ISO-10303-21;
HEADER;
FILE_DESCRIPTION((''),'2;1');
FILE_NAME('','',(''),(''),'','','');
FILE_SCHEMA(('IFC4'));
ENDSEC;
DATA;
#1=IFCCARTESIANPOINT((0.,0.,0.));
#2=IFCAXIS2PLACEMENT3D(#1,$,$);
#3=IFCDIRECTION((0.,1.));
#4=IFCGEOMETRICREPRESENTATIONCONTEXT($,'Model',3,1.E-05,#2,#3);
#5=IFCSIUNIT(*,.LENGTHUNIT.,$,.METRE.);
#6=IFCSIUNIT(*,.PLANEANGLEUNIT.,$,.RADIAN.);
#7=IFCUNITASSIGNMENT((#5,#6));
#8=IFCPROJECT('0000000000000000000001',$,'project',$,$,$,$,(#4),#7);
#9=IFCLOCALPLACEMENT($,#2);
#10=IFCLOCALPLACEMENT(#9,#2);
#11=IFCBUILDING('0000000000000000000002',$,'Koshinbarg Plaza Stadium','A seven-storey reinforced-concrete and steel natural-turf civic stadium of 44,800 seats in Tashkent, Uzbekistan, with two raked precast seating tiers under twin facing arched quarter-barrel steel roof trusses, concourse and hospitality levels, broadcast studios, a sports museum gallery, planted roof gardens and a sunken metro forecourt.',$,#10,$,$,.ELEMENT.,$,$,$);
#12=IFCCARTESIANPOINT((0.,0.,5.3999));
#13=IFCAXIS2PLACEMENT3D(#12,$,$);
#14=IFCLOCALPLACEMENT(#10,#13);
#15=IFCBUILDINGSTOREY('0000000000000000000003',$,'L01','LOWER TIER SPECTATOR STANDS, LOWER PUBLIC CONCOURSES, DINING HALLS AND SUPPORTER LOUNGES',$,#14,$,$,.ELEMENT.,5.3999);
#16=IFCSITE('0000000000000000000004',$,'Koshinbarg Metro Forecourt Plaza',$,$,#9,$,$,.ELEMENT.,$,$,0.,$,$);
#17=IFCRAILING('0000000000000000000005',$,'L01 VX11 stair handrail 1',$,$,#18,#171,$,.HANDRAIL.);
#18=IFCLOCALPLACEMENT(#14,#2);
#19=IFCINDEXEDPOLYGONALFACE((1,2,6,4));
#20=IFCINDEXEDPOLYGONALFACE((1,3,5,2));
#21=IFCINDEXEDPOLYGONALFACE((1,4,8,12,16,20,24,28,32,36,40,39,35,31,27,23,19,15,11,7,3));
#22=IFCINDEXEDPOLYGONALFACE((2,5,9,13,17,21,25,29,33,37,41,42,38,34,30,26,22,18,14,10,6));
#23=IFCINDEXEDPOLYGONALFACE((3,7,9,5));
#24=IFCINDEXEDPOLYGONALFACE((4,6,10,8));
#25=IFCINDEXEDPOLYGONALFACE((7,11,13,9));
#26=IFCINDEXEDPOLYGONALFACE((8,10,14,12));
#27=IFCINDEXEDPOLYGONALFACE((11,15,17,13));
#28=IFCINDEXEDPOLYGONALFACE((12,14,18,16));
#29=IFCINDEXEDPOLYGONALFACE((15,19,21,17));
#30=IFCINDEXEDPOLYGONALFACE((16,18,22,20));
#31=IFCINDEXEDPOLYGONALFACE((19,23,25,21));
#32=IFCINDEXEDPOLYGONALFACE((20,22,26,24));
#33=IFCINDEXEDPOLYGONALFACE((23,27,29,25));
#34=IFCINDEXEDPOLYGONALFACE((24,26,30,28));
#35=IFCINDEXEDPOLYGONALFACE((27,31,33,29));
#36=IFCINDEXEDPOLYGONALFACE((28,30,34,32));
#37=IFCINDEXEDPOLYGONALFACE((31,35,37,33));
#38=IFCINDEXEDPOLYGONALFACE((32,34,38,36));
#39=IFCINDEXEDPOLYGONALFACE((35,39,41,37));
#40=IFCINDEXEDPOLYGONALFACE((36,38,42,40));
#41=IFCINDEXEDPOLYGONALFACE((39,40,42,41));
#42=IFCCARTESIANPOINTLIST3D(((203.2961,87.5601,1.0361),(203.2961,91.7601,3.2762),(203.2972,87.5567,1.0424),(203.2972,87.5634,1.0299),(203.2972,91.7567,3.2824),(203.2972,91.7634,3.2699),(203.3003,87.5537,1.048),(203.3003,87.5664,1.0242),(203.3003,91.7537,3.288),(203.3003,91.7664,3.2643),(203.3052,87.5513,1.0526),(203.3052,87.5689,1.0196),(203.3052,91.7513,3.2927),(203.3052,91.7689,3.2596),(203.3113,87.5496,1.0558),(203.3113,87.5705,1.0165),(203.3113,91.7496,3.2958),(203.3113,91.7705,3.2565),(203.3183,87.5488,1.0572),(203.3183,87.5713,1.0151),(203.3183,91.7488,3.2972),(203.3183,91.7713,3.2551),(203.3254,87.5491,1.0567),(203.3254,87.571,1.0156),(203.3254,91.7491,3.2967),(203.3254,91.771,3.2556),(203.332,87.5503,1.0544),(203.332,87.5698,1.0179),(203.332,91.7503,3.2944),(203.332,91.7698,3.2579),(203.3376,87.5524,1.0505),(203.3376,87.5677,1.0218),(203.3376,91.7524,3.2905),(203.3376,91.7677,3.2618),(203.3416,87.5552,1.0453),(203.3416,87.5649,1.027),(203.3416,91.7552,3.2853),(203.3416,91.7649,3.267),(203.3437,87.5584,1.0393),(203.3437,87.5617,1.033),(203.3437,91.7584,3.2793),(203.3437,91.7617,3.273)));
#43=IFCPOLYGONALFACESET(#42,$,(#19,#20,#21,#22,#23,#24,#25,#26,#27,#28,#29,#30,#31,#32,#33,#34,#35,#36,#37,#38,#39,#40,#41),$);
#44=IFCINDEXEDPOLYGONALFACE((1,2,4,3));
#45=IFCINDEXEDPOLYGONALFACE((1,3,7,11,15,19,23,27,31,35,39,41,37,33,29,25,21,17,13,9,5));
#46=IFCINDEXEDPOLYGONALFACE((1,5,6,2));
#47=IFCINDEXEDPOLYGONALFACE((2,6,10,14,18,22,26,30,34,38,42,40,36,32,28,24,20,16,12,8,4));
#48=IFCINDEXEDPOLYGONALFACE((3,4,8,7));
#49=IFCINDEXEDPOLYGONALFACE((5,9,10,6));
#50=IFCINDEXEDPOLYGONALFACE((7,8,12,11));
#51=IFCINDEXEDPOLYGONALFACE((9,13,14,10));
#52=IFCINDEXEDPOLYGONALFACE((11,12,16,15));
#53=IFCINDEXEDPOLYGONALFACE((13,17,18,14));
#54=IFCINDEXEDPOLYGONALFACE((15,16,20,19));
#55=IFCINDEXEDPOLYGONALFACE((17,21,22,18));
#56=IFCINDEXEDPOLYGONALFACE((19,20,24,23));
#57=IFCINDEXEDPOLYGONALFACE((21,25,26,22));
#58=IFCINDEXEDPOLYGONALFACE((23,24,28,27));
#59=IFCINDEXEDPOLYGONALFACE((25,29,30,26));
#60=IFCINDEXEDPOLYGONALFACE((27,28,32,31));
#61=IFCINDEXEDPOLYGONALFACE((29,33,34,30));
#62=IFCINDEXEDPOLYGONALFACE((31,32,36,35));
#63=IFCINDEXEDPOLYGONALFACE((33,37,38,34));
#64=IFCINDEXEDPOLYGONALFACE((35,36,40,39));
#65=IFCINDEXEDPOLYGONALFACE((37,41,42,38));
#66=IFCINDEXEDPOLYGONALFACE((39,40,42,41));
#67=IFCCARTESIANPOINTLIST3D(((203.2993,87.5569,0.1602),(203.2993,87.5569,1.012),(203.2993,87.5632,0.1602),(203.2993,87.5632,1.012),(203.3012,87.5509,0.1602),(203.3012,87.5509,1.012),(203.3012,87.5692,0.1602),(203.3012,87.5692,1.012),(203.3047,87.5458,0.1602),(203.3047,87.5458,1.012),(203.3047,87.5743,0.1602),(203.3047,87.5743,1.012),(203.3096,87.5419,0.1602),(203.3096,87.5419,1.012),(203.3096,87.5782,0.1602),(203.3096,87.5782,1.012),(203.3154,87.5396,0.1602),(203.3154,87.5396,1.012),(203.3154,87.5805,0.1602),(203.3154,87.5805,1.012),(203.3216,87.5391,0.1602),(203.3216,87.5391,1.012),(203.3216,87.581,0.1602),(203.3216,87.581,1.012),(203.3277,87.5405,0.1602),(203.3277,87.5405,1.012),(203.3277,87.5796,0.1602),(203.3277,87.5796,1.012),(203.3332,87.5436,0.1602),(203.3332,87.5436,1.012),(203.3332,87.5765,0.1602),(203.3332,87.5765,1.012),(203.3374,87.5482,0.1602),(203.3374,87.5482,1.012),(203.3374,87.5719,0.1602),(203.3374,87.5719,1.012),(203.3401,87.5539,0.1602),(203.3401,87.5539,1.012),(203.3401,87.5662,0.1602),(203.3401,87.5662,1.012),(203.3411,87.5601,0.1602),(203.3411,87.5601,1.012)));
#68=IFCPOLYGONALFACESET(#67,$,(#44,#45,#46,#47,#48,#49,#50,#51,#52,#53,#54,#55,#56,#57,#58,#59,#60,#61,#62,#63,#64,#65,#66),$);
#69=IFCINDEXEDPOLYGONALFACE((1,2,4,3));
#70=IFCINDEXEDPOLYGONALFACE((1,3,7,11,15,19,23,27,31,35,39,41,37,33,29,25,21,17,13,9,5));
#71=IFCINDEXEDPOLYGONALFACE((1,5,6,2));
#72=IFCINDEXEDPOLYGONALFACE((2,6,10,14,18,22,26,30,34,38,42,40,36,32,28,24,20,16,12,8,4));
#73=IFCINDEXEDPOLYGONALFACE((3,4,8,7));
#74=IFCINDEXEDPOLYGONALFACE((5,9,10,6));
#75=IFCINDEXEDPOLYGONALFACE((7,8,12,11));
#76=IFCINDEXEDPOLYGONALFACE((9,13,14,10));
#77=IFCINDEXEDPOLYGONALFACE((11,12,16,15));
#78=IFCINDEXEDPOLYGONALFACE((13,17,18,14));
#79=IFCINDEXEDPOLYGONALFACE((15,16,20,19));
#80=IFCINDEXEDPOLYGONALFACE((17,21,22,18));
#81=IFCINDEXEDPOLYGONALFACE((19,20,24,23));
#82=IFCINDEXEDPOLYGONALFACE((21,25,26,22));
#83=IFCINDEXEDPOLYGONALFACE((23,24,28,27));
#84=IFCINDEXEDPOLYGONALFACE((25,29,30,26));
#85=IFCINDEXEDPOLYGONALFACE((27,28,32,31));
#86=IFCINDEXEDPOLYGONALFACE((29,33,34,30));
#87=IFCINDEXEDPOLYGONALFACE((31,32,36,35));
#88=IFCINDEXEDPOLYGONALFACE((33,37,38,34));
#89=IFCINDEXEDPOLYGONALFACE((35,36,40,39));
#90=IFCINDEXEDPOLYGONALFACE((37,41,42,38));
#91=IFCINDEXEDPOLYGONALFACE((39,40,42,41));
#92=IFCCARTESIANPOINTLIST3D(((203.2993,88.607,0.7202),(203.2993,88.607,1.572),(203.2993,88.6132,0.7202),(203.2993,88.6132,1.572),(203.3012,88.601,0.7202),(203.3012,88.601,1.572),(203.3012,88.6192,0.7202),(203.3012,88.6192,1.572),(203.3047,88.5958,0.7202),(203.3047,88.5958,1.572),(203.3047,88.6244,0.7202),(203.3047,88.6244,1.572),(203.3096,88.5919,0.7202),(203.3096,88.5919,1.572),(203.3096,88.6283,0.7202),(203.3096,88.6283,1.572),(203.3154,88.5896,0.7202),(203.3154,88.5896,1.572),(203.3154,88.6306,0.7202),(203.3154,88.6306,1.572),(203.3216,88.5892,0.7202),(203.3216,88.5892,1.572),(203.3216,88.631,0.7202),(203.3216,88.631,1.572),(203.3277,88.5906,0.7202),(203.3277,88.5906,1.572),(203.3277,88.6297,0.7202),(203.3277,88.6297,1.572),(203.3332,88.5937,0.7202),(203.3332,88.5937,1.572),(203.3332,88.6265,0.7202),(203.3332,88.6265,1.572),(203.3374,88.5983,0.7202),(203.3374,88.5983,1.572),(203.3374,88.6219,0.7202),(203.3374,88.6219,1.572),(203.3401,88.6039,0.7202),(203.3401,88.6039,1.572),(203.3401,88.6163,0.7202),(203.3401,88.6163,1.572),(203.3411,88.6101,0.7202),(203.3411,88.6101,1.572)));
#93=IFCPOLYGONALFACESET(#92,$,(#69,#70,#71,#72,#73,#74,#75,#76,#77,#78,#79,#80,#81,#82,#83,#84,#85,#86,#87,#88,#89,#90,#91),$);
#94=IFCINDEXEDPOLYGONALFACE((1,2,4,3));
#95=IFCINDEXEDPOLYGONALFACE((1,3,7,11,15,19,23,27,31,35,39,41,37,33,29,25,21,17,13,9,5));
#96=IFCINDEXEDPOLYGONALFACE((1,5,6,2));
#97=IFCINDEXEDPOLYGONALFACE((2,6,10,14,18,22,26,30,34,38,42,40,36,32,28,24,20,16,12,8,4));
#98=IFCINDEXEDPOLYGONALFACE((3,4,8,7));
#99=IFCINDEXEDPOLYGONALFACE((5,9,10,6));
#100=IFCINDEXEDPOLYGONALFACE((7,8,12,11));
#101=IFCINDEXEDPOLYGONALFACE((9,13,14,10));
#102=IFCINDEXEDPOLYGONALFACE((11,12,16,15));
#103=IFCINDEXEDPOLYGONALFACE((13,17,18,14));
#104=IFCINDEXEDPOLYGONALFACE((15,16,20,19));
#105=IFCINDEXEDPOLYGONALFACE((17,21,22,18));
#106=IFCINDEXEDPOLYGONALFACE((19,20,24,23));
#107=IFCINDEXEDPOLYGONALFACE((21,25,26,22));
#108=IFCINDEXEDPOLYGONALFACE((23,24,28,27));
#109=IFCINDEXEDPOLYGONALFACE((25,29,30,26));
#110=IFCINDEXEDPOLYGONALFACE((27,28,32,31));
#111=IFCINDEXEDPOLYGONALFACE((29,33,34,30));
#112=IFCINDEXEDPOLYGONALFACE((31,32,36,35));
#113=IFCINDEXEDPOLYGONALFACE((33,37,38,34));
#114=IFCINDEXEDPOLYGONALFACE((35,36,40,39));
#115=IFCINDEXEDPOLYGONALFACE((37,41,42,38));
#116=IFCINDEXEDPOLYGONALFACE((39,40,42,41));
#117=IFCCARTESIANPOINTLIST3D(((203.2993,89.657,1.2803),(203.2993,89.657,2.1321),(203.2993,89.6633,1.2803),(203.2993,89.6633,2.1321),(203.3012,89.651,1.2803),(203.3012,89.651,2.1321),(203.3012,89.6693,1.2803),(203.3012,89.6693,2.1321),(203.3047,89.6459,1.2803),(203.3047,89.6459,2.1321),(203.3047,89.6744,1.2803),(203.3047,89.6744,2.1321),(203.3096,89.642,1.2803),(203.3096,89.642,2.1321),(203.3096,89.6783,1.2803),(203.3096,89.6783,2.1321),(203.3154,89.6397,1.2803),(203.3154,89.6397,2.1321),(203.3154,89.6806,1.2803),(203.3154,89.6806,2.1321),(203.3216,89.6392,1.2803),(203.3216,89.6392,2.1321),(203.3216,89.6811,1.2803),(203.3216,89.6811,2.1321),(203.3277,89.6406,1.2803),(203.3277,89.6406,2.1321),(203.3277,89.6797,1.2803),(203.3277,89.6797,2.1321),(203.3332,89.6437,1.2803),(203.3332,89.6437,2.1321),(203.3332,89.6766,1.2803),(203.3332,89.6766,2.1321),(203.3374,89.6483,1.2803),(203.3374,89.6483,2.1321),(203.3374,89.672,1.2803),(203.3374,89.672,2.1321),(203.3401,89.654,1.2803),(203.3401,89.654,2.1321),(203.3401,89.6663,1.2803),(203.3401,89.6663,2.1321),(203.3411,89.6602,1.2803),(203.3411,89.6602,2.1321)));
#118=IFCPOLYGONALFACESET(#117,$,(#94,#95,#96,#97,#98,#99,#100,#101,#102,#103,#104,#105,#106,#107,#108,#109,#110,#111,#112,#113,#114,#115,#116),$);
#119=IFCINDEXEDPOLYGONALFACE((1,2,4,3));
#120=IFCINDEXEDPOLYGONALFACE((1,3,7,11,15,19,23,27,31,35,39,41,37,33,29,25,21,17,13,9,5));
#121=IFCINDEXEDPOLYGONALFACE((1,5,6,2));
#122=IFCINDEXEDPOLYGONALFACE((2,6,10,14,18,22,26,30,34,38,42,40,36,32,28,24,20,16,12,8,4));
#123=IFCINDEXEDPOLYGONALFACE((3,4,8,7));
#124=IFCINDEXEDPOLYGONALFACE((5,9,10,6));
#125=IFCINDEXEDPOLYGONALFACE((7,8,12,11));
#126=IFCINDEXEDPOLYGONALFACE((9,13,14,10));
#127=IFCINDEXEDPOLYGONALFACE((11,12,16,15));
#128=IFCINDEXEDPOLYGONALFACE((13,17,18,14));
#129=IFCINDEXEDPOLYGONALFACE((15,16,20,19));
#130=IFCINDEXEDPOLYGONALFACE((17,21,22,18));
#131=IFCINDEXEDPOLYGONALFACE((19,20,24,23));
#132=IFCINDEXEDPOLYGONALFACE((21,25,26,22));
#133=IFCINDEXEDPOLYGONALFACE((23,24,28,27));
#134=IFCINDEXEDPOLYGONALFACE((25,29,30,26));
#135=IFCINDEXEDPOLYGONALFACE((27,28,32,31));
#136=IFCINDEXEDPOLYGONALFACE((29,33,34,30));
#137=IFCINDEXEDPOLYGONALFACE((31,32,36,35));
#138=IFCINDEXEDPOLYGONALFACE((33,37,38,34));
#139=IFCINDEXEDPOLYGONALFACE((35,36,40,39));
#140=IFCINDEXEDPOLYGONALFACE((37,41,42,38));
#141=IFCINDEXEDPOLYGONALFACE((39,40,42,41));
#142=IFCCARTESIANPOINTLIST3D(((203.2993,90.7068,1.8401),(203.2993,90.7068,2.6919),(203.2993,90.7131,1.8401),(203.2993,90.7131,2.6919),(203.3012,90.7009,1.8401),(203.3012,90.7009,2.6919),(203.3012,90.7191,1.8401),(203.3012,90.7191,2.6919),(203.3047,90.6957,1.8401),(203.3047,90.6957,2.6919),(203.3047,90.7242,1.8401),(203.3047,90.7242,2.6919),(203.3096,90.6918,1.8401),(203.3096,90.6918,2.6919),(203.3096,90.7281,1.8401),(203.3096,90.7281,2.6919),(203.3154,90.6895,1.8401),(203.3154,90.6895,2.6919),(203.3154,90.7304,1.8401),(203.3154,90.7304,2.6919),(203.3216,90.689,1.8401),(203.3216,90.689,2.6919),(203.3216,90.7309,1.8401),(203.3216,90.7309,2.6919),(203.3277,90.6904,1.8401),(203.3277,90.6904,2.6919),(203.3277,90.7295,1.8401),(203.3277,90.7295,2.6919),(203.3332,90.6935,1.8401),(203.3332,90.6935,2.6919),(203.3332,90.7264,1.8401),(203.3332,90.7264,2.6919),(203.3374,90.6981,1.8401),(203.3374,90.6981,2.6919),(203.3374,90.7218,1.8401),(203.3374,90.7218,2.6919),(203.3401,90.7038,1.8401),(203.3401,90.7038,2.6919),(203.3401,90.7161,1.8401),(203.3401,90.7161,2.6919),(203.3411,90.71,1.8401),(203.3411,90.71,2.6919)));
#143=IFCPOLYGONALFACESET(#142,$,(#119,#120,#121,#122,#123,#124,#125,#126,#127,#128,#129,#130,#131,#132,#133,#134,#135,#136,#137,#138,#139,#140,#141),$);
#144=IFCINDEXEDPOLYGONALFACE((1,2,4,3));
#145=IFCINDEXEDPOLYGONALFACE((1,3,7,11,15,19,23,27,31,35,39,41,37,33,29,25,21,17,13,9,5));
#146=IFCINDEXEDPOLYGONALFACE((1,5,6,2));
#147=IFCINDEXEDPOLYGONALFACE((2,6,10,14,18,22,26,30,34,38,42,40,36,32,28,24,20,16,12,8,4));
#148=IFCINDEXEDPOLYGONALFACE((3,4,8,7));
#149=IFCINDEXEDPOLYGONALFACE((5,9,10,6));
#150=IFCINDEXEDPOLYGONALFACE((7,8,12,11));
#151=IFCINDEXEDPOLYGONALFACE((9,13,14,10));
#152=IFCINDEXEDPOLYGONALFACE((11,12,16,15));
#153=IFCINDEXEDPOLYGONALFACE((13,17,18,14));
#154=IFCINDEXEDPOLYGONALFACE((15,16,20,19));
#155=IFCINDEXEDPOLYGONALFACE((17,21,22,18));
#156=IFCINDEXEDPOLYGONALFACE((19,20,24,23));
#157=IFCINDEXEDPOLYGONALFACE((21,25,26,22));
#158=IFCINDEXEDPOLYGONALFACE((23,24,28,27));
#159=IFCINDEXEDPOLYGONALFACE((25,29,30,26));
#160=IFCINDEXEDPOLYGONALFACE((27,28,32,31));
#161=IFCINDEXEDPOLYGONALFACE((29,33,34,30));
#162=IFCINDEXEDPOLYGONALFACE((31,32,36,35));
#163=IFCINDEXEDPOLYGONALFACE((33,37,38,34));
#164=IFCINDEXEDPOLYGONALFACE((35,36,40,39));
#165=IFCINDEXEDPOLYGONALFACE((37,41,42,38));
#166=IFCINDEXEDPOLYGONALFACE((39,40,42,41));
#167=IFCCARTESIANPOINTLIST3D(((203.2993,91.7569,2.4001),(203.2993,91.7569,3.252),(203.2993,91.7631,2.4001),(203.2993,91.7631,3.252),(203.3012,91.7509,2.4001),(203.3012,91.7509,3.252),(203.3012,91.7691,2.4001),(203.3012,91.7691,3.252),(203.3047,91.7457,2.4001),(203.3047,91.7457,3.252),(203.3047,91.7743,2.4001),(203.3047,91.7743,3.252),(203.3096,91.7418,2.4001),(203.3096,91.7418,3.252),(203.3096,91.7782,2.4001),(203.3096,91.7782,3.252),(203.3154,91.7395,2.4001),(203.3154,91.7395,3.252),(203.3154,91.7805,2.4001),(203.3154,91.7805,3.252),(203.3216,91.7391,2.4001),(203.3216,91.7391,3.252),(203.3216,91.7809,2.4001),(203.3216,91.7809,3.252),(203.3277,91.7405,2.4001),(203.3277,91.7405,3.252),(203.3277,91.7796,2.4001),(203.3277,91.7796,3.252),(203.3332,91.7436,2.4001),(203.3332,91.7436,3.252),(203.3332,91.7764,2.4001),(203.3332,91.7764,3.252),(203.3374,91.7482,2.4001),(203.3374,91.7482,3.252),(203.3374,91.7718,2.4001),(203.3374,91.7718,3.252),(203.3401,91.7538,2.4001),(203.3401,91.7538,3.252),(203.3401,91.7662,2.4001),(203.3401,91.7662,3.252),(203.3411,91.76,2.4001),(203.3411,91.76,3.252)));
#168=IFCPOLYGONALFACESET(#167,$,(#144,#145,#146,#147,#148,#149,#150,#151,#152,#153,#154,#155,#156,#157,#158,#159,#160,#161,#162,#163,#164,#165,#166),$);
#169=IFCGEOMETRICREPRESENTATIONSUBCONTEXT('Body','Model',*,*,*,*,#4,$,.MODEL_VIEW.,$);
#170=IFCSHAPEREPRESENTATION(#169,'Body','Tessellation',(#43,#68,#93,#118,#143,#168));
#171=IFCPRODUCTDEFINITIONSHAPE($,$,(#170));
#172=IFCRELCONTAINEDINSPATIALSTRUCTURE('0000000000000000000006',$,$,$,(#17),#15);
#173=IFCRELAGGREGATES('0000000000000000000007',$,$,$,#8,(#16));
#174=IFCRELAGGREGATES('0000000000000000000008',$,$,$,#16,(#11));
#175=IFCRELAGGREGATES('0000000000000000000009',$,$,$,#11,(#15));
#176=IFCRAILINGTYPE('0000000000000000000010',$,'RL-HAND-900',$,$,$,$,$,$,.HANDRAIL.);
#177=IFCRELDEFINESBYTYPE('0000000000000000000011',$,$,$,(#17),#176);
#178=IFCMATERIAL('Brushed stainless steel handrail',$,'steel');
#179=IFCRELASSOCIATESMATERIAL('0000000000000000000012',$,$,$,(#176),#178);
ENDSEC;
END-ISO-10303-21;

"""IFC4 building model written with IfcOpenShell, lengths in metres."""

from ifc_helpers import new_model, si_unit, direction, frame, origin, origin_2d, place, context, subcontext, project, spatial, circle, extrude, material, type_object, element, save


model = new_model("IFC4")

# Units and contexts
model_context = context("Model", 3, precision=1e-05, world=origin(), true_north=direction((0.0, 1.0)))
body_context = subcontext(model_context, "Body", "Model", "MODEL_VIEW")
ifc_project = project(units=[si_unit("LENGTHUNIT", "METRE"), si_unit("PLANEANGLEUNIT", "RADIAN")], contexts=[model_context])

# Site, building, storey
site_placement = place(None, origin())
site = spatial("IfcSite", under=ifc_project, at=site_placement, Name="Koshinbarg Metro Forecourt Plaza", CompositionType="ELEMENT", RefElevation=0.0)
building_placement = place(site_placement, origin())
building = spatial("IfcBuilding", under=site, at=building_placement, Name="Koshinbarg Plaza Stadium", Description="A seven-storey reinforced-concrete and steel natural-turf civic stadium of 44,800 seats in Tashkent, Uzbekistan, with two raked precast seating tiers under twin facing arched quarter-barrel steel roof trusses, concourse and hospitality levels, broadcast studios, a sports museum gallery, planted roof gardens and a sunken metro forecourt.", CompositionType="ELEMENT")
storey_placement = place(building_placement, frame((0.0, 0.0, 5.3999)))
storey = spatial("IfcBuildingStorey", under=building, at=storey_placement, Name="L01", Description="LOWER TIER SPECTATOR STANDS, LOWER PUBLIC CONCOURSES, DINING HALLS AND SUPPORTER LOUNGES", CompositionType="ELEMENT", Elevation=5.3999)

# Railing
ifc_material_1 = material(Name="Brushed stainless steel handrail", Category="steel")
railing_type_1 = type_object("IfcRailingType", Name="RL-HAND-900", PredefinedType="HANDRAIL", material=ifc_material_1)
railing_1_placement = place(storey_placement, frame((203.3201, 87.5601, 0.1602)))
element("IfcRailing", 1, at=railing_1_placement, inside=storey, type_object=railing_type_1, Name="L01 VX11 stair handrail 1", PredefinedType="HANDRAIL", context=body_context, shape_type="SweptSolid", body=[
    extrude(circle(Radius=0.0239, at=origin_2d()), frame((0.0, 0.0, 0.876), z_axis=(0.0, 0.882352, 0.470591), x_axis=(-1.0, 0.0, 0.0)), (0.0, 0.0, 1.0), 4.76),
    extrude(circle(Radius=0.021, at=origin_2d()), origin(), (0.0, 0.0, 1.0), 0.8518),
    extrude(circle(Radius=0.021, at=origin_2d()), frame((0.0, 1.05, 0.5601)), (0.0, 0.0, 1.0), 0.8518),
    extrude(circle(Radius=0.021, at=origin_2d()), frame((0.0, 2.1001, 1.1201)), (0.0, 0.0, 1.0), 0.8518),
    extrude(circle(Radius=0.021, at=origin_2d()), frame((0.0, 3.1499, 1.6799)), (0.0, 0.0, 1.0), 0.8518),
    extrude(circle(Radius=0.021, at=origin_2d()), frame((0.0, 4.2, 2.24)), (0.0, 0.0, 1.0), 0.8518),
])

save(model, "model.ifc")
